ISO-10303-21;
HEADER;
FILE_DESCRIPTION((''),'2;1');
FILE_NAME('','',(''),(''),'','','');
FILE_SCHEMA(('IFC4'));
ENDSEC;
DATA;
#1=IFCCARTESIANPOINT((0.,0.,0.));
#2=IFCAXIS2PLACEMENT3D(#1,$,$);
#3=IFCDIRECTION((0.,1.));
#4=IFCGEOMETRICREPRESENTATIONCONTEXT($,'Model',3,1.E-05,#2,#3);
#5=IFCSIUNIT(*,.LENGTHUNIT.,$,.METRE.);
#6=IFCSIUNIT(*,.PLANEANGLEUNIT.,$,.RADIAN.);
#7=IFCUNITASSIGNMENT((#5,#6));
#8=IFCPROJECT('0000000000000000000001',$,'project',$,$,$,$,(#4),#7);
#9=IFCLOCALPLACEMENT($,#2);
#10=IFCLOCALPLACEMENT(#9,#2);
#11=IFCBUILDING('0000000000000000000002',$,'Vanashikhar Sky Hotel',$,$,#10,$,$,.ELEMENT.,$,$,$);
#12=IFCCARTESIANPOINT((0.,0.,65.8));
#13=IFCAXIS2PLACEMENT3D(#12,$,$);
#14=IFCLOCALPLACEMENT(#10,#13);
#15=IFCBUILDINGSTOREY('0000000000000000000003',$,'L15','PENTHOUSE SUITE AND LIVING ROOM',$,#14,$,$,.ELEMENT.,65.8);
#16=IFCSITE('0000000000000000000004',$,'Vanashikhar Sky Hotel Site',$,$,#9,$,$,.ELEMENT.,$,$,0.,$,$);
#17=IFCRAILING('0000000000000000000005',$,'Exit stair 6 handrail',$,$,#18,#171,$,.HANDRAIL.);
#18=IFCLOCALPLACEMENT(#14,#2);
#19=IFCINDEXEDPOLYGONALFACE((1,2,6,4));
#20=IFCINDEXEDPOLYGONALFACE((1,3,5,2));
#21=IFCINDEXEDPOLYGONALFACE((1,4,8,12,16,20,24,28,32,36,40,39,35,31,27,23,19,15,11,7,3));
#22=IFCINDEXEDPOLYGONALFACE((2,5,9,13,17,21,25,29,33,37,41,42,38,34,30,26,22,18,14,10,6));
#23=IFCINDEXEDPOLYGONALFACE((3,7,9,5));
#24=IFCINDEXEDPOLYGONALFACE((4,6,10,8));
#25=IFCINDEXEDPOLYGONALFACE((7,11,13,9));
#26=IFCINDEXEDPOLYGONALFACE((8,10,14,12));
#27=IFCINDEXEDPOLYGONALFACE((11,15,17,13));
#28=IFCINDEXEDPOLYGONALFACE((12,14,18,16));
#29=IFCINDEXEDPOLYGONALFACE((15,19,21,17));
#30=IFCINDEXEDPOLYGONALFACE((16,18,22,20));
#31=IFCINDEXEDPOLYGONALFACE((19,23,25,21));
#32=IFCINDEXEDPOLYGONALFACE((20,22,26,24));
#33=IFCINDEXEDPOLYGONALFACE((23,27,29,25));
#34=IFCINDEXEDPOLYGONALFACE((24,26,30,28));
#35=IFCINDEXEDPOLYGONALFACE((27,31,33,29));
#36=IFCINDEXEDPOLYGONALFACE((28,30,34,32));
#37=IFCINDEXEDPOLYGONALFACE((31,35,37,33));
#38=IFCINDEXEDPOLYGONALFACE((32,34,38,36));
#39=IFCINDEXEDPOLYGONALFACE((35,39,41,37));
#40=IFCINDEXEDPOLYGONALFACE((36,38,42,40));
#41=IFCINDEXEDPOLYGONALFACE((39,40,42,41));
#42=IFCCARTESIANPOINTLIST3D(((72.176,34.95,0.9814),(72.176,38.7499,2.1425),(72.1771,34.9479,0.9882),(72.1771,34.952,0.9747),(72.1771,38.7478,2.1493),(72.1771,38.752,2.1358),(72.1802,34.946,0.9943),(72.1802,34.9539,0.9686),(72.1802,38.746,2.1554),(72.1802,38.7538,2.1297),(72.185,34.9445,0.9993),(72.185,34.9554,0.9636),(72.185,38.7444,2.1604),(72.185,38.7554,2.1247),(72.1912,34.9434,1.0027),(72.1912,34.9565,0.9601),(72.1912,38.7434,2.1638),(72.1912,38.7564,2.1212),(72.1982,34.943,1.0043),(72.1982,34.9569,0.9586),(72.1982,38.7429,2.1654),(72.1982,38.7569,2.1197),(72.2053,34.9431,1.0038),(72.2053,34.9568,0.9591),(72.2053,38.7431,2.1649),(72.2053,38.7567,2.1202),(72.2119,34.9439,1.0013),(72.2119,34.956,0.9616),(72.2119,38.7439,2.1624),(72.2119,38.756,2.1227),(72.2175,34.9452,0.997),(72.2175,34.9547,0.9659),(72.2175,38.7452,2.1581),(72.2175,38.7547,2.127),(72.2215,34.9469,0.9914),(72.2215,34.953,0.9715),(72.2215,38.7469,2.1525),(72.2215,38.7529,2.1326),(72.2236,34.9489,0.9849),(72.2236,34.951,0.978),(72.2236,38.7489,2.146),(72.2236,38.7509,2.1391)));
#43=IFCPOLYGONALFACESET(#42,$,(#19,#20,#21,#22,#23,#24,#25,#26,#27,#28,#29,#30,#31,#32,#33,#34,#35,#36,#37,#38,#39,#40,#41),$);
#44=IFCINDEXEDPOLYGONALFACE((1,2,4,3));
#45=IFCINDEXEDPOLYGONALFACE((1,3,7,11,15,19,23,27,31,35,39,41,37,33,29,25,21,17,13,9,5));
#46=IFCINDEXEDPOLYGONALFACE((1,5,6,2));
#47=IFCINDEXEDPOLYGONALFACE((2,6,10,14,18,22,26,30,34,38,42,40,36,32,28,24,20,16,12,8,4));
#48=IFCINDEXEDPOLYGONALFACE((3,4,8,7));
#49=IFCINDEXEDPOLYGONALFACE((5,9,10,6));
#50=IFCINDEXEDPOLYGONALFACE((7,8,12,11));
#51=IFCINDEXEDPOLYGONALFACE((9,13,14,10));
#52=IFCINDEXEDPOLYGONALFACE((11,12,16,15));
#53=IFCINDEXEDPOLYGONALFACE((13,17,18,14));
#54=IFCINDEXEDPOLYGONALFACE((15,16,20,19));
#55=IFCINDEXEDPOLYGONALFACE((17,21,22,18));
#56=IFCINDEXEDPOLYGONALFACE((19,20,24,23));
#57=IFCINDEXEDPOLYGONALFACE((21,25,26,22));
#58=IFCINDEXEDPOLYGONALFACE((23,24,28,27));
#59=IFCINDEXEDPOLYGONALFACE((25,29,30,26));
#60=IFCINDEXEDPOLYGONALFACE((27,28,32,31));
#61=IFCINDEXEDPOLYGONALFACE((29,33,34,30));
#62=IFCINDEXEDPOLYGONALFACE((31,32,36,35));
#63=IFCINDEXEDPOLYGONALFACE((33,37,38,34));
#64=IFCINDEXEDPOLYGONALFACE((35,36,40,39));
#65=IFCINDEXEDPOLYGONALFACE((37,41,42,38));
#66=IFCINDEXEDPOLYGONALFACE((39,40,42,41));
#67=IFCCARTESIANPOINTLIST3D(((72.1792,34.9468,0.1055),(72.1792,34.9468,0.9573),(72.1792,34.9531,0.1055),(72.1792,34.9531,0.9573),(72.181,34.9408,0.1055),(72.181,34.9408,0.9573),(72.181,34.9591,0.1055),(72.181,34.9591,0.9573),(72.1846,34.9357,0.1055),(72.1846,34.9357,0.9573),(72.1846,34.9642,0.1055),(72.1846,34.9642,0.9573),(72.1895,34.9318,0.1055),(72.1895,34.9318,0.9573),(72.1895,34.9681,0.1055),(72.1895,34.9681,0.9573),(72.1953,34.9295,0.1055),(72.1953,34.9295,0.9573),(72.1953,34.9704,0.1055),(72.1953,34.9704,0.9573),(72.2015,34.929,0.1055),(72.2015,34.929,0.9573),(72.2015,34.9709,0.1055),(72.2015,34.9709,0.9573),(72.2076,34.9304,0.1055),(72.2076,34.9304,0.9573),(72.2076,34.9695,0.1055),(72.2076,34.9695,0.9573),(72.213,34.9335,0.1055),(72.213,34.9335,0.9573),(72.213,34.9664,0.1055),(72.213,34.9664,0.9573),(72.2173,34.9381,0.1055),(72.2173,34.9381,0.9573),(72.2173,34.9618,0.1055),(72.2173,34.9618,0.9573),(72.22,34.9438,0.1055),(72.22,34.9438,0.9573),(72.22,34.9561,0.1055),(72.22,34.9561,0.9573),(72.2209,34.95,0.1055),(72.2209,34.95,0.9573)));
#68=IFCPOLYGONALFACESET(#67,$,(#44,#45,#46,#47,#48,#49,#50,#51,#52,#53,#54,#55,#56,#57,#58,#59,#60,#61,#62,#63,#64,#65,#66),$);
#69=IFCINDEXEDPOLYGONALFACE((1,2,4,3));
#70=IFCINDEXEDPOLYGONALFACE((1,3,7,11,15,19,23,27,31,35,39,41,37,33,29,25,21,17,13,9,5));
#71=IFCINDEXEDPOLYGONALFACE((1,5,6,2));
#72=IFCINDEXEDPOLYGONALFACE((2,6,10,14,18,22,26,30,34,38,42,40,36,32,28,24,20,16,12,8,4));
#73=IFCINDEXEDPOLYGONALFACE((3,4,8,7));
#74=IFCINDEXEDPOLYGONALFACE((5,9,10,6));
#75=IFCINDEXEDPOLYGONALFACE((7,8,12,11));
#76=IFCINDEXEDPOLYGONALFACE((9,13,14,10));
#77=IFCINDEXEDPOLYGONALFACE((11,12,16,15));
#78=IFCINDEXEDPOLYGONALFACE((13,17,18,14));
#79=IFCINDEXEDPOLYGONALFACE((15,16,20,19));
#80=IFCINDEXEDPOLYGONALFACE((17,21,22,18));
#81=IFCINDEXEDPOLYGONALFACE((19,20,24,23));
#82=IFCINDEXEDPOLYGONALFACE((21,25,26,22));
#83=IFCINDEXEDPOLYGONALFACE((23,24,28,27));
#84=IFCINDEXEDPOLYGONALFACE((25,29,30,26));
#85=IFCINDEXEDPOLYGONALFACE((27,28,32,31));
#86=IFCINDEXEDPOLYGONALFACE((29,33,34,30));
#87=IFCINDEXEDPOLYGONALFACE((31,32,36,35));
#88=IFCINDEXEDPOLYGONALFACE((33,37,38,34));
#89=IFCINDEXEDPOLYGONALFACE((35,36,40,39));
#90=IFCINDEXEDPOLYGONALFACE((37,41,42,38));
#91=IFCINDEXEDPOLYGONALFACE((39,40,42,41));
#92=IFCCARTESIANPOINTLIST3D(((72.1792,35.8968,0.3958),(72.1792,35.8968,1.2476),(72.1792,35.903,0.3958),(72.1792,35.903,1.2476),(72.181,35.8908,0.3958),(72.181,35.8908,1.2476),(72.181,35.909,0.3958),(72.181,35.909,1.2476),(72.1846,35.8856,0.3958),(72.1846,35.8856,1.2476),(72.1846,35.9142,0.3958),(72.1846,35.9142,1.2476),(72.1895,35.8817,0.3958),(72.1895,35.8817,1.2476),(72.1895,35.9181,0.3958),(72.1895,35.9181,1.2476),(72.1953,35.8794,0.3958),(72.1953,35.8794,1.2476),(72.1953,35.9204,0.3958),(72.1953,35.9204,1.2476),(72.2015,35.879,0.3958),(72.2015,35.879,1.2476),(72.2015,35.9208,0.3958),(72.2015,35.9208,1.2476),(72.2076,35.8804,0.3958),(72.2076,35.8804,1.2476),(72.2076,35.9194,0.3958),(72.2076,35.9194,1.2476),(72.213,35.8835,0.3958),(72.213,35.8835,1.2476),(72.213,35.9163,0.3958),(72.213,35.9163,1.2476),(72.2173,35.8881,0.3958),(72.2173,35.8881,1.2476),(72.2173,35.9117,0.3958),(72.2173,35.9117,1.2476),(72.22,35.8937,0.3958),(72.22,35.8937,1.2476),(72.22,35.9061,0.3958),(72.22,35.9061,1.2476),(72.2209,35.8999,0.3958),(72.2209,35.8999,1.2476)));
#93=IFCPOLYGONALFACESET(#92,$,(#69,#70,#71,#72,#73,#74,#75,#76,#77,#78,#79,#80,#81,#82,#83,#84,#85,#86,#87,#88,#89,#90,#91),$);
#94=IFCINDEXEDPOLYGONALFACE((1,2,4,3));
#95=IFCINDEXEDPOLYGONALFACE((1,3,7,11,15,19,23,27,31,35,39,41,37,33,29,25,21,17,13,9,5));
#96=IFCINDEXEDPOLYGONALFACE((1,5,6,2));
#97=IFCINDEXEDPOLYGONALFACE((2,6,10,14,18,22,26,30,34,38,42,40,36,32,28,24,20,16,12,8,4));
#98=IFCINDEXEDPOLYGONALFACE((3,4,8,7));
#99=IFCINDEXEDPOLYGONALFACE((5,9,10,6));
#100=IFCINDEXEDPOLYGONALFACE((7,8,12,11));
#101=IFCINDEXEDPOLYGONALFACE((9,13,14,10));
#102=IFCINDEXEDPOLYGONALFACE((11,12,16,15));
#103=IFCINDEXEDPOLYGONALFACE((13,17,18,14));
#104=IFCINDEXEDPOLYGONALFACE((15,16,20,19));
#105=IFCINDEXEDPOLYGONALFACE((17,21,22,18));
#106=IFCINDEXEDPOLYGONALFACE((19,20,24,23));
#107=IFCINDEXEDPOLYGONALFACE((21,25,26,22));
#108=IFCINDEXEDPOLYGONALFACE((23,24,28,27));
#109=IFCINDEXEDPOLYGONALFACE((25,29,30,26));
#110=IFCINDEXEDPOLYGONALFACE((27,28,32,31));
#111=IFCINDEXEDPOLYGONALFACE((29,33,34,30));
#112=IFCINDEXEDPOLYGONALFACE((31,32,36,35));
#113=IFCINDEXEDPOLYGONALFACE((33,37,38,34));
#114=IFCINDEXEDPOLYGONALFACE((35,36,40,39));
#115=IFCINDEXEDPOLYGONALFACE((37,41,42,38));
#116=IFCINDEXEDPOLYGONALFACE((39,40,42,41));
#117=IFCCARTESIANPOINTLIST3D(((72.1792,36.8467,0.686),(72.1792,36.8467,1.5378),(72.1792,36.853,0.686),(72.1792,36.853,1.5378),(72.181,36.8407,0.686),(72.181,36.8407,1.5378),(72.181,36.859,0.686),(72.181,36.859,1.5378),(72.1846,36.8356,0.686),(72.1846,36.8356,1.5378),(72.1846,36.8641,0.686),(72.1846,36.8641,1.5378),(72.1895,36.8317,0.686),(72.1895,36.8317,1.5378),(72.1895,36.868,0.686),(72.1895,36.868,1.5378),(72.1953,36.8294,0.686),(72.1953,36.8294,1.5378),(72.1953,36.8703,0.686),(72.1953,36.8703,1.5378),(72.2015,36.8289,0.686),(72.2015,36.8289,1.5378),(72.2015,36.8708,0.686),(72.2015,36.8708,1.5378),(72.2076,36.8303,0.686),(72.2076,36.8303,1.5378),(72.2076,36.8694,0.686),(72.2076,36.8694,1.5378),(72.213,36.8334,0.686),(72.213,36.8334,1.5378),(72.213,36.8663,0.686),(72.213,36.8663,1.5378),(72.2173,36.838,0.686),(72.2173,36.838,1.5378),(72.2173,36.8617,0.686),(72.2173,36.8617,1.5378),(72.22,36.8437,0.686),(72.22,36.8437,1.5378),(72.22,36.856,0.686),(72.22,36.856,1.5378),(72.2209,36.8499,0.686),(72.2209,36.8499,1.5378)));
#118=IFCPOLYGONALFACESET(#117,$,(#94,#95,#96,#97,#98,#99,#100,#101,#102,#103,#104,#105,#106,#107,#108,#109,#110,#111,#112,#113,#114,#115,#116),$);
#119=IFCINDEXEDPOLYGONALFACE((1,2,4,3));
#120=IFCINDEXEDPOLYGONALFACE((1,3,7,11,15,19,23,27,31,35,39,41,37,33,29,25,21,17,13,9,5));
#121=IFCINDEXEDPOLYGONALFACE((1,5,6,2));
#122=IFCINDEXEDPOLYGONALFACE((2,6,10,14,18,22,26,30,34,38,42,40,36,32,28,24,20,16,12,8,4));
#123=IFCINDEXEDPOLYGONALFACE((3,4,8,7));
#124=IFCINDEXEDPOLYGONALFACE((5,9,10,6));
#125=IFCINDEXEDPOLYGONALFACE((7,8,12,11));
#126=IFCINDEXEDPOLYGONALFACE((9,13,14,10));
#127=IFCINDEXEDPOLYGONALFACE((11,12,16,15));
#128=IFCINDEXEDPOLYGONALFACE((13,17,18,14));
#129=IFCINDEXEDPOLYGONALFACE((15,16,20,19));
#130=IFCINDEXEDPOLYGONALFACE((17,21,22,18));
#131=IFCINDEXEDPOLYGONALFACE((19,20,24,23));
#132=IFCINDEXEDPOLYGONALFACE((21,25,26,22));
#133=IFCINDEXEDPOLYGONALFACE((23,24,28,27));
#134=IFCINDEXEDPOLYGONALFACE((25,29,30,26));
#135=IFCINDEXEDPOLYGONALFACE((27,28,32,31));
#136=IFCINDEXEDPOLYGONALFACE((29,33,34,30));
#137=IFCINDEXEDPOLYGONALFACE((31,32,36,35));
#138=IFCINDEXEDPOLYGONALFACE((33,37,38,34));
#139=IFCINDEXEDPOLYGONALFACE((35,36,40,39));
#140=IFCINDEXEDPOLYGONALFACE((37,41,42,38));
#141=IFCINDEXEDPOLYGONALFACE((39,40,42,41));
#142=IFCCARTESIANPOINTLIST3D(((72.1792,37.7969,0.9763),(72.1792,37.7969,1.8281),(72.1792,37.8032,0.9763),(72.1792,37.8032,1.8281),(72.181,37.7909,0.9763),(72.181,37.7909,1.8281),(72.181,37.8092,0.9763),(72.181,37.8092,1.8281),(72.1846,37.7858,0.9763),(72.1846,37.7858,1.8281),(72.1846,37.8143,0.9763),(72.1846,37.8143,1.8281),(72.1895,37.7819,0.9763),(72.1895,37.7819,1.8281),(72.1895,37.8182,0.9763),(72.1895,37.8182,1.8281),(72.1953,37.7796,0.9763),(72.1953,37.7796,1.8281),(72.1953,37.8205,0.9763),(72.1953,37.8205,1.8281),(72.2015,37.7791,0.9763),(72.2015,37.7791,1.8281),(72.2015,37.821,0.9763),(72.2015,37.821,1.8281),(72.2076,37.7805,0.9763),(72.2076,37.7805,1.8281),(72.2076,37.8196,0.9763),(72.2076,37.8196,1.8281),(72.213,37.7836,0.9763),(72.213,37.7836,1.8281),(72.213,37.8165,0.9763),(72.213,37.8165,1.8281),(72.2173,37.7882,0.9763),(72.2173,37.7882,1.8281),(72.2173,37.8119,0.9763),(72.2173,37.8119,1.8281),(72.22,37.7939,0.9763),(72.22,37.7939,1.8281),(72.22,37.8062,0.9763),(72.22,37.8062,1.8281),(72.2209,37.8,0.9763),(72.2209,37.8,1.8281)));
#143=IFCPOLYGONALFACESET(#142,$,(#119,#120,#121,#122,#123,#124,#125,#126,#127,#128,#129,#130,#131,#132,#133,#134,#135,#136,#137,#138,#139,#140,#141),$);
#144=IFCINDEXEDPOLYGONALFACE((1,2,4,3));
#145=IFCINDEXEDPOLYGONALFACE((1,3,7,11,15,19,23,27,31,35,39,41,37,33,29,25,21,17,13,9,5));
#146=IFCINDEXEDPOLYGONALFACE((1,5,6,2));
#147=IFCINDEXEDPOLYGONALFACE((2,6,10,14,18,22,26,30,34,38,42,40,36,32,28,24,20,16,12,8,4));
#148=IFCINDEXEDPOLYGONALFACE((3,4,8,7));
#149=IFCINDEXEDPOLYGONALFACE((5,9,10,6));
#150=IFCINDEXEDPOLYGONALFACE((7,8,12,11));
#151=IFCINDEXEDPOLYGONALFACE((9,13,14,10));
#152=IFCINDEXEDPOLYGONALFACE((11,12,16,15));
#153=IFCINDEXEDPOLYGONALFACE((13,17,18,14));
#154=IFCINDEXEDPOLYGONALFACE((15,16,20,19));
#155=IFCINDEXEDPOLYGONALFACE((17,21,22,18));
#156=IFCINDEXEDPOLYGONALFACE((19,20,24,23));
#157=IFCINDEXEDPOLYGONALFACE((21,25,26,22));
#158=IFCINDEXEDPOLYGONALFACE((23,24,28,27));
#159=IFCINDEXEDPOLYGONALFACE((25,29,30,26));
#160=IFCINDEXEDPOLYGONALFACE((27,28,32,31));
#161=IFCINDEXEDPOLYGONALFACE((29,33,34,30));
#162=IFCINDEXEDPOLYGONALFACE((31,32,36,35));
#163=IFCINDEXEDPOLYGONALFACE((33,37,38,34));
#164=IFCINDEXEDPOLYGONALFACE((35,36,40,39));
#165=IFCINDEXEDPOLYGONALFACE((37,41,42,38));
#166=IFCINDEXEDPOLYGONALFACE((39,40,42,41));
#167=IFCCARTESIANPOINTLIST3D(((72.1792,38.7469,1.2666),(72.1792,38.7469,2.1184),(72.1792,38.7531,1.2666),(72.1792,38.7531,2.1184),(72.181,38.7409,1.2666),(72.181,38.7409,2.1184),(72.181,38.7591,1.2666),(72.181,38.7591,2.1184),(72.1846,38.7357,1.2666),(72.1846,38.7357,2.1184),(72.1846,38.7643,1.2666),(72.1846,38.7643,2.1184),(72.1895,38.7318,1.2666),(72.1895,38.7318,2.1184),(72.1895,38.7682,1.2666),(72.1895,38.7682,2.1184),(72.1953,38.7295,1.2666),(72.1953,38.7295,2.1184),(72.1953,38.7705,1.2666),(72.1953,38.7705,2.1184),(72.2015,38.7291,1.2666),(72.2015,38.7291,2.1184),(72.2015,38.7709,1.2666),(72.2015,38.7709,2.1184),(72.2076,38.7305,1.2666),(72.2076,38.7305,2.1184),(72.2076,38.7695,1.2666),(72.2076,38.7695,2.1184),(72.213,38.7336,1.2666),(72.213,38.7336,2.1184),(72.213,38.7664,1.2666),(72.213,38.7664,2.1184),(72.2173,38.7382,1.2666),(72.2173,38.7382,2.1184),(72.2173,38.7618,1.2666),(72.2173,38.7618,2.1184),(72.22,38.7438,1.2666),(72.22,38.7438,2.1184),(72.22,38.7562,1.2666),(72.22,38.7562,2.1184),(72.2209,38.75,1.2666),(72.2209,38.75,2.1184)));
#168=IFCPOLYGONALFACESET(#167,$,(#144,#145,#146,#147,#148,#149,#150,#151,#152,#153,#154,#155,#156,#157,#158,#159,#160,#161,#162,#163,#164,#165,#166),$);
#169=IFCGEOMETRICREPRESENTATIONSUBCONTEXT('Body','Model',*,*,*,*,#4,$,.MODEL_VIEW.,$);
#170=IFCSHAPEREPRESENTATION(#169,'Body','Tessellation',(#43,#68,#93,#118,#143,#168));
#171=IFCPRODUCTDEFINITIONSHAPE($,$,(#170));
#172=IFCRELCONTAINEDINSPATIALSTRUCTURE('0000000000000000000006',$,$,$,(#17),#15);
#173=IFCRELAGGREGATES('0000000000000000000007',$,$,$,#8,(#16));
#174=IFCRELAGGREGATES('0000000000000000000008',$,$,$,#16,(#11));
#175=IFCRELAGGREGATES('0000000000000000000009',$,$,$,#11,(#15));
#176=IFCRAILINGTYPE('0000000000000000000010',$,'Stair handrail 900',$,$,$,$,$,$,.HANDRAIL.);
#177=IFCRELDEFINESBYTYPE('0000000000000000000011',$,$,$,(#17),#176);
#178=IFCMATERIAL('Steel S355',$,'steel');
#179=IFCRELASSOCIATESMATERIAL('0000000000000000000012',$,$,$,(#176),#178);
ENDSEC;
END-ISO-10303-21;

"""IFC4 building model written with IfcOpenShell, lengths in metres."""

from ifc_helpers import new_model, si_unit, direction, frame, origin, origin_2d, place, context, subcontext, project, spatial, circle, extrude, source, transform, mapped, material, type_object, element, save


model = new_model("IFC4")

# Units and contexts
model_context = context("Model", 3, precision=1e-05, world=origin(), true_north=direction((0.0, 1.0)))
body_context = subcontext(model_context, "Body", "Model", "MODEL_VIEW")
ifc_project = project(units=[si_unit("LENGTHUNIT", "METRE"), si_unit("PLANEANGLEUNIT", "RADIAN")], contexts=[model_context])

# Site, building, storey
site_placement = place(None, origin())
site = spatial("IfcSite", under=ifc_project, at=site_placement, Name="Vanashikhar Sky Hotel Site", CompositionType="ELEMENT", RefElevation=0.0)
building_placement = place(site_placement, origin())
building = spatial("IfcBuilding", under=site, at=building_placement, Name="Vanashikhar Sky Hotel", CompositionType="ELEMENT")
storey_placement = place(building_placement, frame((0.0, 0.0, 65.8)))
storey = spatial("IfcBuildingStorey", under=building, at=storey_placement, Name="L15", Description="PENTHOUSE SUITE AND LIVING ROOM", CompositionType="ELEMENT", Elevation=65.8)

# Railing
ifc_material_1 = material(Name="Steel S355", Category="steel")
railing_type_1 = type_object("IfcRailingType", Name="Stair handrail 900", PredefinedType="HANDRAIL", material=ifc_material_1)
shared_shape_1 = source(origin(), body_context, "Body", "SweptSolid", [
    extrude(circle(Radius=0.0239, at=origin_2d()), frame((0.0, 0.0, 0.876), z_axis=(0.0, 0.956351, 0.29222), x_axis=(-1.0, 0.0, 0.0)), (0.0, 0.0, 1.0), 3.9734),
    extrude(circle(Radius=0.021, at=origin_2d()), origin(), (0.0, 0.0, 1.0), 0.8518),
    extrude(circle(Radius=0.021, at=origin_2d()), frame((0.0, 0.95, 0.2903)), (0.0, 0.0, 1.0), 0.8518),
    extrude(circle(Radius=0.021, at=origin_2d()), frame((0.0, 1.8999, 0.5806)), (0.0, 0.0, 1.0), 0.8518),
    extrude(circle(Radius=0.021, at=origin_2d()), frame((0.0, 2.8501, 0.8708)), (0.0, 0.0, 1.0), 0.8518),
    extrude(circle(Radius=0.021, at=origin_2d()), frame((0.0, 3.8, 1.1611)), (0.0, 0.0, 1.0), 0.8518),
])
for number, where, name in (
    (1, (72.2, 34.95, 0.1055), "Exit stair 6 handrail"),
):
    element("IfcRailing", number, at=place(storey_placement, frame(where)), inside=storey, type_object=railing_type_1, Name=name, PredefinedType="HANDRAIL", context=body_context, shape_type="MappedRepresentation", body=[
        mapped(shared_shape_1, transform((0.0, 0.0, 0.0), scale=1.0)),
    ])

save(model, "model.ifc")
